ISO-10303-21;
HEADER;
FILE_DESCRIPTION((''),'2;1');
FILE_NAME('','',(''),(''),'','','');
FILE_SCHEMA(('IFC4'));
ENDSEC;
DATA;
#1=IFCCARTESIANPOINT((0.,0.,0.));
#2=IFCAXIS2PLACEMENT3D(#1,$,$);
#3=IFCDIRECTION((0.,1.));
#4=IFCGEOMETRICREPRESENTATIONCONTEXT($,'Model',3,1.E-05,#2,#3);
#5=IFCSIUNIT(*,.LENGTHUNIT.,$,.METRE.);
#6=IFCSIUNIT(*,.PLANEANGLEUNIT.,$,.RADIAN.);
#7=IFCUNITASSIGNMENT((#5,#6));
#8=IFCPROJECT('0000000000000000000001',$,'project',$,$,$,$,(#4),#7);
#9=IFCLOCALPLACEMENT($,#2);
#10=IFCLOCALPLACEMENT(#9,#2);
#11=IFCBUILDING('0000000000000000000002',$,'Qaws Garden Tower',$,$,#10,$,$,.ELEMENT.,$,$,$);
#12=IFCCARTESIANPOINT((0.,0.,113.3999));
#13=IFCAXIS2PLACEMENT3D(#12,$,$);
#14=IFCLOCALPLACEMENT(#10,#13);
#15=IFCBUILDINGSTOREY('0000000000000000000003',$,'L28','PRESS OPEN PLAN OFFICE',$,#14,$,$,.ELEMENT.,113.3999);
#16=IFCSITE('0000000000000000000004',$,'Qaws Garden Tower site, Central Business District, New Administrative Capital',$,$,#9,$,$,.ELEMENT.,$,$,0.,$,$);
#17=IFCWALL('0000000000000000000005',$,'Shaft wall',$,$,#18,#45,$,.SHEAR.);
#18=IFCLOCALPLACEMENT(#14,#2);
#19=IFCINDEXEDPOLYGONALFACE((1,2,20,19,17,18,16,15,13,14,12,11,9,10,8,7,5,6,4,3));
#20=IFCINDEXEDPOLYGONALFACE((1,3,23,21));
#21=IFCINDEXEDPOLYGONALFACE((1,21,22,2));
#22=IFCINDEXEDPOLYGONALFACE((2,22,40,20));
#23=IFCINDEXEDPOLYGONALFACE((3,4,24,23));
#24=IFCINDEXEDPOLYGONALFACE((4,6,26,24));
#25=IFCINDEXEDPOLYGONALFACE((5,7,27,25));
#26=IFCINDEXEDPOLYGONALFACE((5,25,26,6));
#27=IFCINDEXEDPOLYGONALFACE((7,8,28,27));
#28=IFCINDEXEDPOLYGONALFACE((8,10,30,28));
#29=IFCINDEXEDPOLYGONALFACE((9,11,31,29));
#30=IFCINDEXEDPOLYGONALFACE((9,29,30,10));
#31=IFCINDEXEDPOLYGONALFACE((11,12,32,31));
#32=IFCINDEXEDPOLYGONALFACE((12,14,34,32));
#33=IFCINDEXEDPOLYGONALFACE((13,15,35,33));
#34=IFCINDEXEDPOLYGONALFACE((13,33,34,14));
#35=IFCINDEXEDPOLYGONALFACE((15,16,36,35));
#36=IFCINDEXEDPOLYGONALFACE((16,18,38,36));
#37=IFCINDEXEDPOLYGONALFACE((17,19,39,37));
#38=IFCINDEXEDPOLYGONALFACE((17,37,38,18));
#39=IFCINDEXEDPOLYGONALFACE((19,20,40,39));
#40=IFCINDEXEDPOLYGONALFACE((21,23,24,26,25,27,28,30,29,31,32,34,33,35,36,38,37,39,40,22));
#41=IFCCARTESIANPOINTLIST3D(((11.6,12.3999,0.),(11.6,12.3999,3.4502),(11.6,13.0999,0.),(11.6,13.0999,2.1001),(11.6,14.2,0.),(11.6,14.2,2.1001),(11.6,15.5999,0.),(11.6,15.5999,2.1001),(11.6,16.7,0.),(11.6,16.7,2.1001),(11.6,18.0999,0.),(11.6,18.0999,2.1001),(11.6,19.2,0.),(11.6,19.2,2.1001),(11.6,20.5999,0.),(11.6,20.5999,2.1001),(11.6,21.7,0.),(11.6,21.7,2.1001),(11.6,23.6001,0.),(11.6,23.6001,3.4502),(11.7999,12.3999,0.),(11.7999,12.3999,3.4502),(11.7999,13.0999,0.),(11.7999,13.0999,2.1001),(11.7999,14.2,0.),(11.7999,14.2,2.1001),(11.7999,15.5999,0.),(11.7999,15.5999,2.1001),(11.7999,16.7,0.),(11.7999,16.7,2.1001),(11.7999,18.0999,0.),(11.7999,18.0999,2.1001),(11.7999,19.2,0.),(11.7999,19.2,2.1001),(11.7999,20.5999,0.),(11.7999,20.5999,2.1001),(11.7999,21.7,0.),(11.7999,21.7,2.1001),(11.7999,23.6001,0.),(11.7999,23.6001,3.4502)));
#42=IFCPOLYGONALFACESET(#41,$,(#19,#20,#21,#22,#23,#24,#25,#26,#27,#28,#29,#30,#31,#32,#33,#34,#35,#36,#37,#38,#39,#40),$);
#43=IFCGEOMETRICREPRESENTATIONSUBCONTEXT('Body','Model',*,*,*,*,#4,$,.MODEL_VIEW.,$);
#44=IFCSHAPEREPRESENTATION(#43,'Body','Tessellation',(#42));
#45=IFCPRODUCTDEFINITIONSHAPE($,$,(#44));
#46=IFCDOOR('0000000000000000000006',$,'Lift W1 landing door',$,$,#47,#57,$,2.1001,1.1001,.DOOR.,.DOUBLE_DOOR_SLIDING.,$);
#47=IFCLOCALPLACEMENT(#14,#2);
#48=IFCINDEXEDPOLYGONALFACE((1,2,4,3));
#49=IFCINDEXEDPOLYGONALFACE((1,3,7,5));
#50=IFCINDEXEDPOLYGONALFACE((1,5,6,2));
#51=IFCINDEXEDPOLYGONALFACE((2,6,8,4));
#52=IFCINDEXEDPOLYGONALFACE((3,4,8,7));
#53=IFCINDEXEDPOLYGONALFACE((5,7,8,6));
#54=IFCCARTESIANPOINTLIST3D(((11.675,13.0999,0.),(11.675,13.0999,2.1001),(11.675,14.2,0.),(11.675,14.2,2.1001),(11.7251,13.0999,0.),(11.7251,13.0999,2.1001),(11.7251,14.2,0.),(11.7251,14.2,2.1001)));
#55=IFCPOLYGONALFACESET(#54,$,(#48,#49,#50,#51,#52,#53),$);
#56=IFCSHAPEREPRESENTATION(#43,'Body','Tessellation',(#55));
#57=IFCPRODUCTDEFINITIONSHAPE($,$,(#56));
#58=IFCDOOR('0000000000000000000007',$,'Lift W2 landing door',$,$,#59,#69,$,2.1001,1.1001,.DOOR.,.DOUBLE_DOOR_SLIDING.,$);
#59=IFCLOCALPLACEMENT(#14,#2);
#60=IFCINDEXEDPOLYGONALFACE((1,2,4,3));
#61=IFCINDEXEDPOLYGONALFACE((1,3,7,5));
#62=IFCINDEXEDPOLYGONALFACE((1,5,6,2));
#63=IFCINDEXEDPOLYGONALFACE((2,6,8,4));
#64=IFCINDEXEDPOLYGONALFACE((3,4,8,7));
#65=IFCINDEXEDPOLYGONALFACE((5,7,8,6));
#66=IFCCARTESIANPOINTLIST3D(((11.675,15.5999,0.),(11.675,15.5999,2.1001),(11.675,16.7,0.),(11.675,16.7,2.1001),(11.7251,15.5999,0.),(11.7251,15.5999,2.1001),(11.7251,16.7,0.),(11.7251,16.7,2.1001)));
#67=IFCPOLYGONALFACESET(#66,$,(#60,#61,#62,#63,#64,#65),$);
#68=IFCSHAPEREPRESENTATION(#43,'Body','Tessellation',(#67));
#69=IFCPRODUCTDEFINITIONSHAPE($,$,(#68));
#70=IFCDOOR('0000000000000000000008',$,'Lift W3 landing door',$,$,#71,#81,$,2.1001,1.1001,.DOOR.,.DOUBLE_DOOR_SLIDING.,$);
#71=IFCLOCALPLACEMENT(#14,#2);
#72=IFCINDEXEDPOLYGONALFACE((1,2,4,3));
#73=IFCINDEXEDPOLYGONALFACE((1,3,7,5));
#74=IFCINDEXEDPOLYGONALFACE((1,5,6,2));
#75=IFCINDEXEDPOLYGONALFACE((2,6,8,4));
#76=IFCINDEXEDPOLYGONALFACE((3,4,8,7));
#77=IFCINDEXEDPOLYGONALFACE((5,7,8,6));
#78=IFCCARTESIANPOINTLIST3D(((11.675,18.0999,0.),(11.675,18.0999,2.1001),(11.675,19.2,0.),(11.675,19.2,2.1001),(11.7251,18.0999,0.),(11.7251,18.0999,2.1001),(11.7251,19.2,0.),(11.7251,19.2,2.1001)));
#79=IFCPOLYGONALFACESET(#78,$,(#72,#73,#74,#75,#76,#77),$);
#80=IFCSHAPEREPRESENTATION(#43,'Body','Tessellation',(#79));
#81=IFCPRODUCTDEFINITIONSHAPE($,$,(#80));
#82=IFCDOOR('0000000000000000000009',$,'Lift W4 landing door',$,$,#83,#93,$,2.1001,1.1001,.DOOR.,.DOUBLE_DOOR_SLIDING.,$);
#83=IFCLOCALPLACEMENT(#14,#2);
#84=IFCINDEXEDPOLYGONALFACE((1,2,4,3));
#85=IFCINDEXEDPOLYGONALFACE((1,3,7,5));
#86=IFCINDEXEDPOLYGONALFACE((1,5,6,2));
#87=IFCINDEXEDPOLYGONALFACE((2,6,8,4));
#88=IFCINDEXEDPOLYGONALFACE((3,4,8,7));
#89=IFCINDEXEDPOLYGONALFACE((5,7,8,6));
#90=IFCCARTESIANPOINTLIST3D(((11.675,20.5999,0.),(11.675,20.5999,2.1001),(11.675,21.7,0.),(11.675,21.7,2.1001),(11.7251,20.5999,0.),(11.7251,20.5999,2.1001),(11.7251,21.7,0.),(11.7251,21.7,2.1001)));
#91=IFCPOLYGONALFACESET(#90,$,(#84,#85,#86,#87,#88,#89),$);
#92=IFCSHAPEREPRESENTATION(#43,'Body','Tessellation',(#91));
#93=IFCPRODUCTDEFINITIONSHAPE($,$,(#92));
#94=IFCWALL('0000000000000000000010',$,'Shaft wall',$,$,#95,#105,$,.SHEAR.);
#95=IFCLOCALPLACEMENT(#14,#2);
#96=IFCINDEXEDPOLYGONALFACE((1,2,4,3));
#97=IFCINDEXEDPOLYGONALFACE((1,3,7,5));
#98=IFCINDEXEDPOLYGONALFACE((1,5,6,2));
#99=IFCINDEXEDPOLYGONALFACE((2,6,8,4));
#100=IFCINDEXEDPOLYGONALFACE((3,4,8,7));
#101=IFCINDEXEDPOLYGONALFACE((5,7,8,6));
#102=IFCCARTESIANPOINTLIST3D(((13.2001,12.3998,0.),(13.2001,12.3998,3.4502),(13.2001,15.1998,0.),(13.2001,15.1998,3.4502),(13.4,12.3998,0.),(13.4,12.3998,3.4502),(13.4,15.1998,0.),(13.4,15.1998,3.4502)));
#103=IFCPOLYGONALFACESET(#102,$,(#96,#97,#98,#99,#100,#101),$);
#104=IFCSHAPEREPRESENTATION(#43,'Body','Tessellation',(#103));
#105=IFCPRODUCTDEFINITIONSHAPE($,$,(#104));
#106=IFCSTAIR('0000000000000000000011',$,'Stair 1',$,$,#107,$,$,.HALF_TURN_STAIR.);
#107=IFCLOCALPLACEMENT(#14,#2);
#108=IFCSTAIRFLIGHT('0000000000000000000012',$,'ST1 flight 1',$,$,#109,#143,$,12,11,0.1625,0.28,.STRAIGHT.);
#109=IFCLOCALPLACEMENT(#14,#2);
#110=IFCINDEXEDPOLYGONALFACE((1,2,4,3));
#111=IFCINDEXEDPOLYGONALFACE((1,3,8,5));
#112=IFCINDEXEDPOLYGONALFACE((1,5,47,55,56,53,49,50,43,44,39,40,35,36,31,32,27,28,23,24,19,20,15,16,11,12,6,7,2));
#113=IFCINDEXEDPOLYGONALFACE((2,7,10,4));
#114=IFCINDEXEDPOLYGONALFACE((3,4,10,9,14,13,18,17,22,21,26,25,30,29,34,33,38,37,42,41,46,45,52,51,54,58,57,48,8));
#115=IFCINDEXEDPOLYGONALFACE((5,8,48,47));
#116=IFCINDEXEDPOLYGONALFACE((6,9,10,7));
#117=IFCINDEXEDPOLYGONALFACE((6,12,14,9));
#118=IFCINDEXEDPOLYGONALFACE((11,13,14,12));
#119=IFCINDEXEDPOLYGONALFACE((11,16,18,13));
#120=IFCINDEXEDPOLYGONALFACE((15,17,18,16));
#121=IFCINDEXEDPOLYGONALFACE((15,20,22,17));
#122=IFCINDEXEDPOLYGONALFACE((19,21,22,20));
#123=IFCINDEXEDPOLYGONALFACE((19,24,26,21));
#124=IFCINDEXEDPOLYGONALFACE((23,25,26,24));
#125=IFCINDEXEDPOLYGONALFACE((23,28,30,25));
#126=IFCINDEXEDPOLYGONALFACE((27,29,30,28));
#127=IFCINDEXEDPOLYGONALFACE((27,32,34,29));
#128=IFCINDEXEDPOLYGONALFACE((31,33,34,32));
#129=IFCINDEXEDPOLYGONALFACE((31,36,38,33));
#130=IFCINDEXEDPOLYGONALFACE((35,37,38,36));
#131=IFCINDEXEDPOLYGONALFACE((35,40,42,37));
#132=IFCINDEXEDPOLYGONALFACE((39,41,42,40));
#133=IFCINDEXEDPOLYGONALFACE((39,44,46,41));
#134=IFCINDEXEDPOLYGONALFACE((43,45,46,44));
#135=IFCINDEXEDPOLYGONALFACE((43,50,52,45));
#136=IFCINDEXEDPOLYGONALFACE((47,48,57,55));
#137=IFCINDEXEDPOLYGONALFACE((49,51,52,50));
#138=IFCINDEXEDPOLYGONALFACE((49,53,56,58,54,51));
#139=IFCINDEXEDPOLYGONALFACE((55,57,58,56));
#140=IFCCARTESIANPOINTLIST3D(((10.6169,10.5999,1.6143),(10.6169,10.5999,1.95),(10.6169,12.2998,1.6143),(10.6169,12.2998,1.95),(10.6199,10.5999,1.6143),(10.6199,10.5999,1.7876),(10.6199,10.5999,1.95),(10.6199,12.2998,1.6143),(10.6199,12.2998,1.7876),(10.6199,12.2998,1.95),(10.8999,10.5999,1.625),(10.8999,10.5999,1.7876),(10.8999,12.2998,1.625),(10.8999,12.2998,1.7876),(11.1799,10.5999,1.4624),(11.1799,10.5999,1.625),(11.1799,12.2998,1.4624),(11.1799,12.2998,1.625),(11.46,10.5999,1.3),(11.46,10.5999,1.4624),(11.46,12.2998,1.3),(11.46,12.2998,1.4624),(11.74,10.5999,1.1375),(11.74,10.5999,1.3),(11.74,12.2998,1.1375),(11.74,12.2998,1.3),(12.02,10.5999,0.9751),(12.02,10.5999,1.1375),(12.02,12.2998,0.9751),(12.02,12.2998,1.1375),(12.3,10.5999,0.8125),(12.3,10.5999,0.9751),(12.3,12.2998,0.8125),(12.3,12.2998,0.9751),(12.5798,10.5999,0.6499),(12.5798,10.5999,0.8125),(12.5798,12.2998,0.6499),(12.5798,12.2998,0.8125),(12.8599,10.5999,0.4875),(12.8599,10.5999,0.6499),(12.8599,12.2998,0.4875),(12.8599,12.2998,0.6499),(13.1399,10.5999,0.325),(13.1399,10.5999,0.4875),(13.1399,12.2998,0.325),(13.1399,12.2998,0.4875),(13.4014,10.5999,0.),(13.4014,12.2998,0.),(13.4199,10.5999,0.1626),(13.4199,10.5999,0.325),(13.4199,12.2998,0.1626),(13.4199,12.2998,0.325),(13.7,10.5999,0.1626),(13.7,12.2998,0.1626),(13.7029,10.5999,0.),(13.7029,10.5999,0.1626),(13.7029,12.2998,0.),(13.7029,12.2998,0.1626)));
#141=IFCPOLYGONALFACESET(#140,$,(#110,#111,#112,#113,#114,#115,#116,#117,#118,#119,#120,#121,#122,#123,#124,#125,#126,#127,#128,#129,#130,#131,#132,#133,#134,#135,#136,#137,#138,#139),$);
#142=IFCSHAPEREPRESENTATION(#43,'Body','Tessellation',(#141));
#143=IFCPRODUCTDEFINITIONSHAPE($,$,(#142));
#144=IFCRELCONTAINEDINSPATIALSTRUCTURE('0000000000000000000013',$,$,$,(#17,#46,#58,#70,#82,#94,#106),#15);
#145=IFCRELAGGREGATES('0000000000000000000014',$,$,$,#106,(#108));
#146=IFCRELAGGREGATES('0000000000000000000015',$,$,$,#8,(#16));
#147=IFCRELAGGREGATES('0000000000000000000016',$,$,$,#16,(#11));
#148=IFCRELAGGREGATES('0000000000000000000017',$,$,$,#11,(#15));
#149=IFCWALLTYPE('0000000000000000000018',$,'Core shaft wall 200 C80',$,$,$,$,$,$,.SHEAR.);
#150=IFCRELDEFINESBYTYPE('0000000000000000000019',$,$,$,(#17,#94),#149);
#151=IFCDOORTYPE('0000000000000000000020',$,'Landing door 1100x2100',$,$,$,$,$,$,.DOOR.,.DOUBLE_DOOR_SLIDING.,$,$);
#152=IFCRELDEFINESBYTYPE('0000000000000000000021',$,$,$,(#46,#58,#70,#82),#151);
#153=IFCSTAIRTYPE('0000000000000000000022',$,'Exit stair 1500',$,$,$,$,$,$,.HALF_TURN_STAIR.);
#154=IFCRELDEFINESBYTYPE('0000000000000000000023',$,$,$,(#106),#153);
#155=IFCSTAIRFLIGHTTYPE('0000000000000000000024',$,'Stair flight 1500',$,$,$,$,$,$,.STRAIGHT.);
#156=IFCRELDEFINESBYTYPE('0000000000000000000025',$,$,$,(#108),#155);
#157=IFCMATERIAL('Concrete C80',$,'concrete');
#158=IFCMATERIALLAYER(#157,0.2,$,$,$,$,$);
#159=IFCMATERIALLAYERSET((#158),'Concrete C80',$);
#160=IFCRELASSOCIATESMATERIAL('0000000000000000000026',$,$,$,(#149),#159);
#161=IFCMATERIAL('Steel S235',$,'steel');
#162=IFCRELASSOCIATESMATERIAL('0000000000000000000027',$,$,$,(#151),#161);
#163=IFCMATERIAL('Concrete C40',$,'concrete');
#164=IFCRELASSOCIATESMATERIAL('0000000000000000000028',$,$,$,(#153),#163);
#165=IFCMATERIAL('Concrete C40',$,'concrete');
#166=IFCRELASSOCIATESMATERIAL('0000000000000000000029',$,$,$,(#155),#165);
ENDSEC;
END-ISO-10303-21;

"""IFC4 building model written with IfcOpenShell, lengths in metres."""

from ifc_helpers import new_model, si_unit, direction, frame, frame_2d, origin, place, context, subcontext, project, spatial, polyline, rectangle, outline, extrude, material, layer, layer_set, type_object, element, fill, aggregate, save


model = new_model("IFC4")

# Units and contexts
model_context = context("Model", 3, precision=1e-05, world=origin(), true_north=direction((0.0, 1.0)))
body_context = subcontext(model_context, "Body", "Model", "MODEL_VIEW")
ifc_project = project(units=[si_unit("LENGTHUNIT", "METRE"), si_unit("PLANEANGLEUNIT", "RADIAN")], contexts=[model_context])

# Site, building, storey
site_placement = place(None, origin())
site = spatial("IfcSite", under=ifc_project, at=site_placement, Name="Qaws Garden Tower site, Central Business District, New Administrative Capital", CompositionType="ELEMENT", RefElevation=0.0)
building_placement = place(site_placement, origin())
building = spatial("IfcBuilding", under=site, at=building_placement, Name="Qaws Garden Tower", CompositionType="ELEMENT")
storey_placement = place(building_placement, frame((0.0, 0.0, 113.3999)))
storey = spatial("IfcBuildingStorey", under=building, at=storey_placement, Name="L28", Description="PRESS OPEN PLAN OFFICE", CompositionType="ELEMENT", Elevation=113.3999)

# Shared definitions
ifc_material_1 = material(Name="Concrete C80", Category="concrete")
ifc_layer_1 = layer(ifc_material_1, 0.2)
ifc_layer_set_1 = layer_set([ifc_layer_1], Name="Concrete C80")
wall_type_1 = type_object("IfcWallType", Name="Core shaft wall 200 C80", PredefinedType="SHEAR", material=ifc_layer_set_1)

# Shared definitions
ifc_material_2 = material(Name="Steel S235", Category="steel")
door_type_1 = type_object("IfcDoorType", Name="Landing door 1100x2100", OperationType="DOUBLE_DOOR_SLIDING", PredefinedType="DOOR", material=ifc_material_2)

# Wall, openings, doors
wall_1_placement = place(storey_placement, frame((11.7, 12.3999, 0.0), z_axis=(0.0, 0.0, 1.0), x_axis=(0.0, 1.0, 0.0)))
wall_1 = element("IfcWall", 1, at=wall_1_placement, inside=storey, type_object=wall_type_1, Name="Shaft wall", PredefinedType="SHEAR", context=body_context, shape_type="SweptSolid", body=[
    extrude(rectangle(XDim=11.2002, YDim=0.2, at=frame_2d((5.6001, 0.0))), origin(), (0.0, 0.0, 1.0), 3.4502),
])
opening_1_placement = place(wall_1_placement, frame((0.7, 0.0, 0.0)))
opening_1 = element("IfcOpeningElement", 2, at=opening_1_placement, cuts=wall_1, PredefinedType="OPENING", context=body_context, shape_type="SweptSolid", body=[
    extrude(rectangle(XDim=1.1001, YDim=2.1001, at=frame_2d((0.55, 1.05))), frame((0.0, 0.1099, 0.0), z_axis=(0.0, -1.0, 0.0), x_axis=(1.0, 0.0, 0.0)), (0.0, 0.0, 1.0), 0.22),
])
opening_2_placement = place(wall_1_placement, frame((3.2, 0.0, 0.0)))
opening_2 = element("IfcOpeningElement", 3, at=opening_2_placement, cuts=wall_1, PredefinedType="OPENING", context=body_context, shape_type="SweptSolid", body=[
    extrude(rectangle(XDim=1.1001, YDim=2.1001, at=frame_2d((0.55, 1.05))), frame((0.0, 0.1099, 0.0), z_axis=(0.0, -1.0, 0.0), x_axis=(1.0, 0.0, 0.0)), (0.0, 0.0, 1.0), 0.22),
])
opening_3_placement = place(wall_1_placement, frame((5.7, 0.0, 0.0)))
opening_3 = element("IfcOpeningElement", 4, at=opening_3_placement, cuts=wall_1, PredefinedType="OPENING", context=body_context, shape_type="SweptSolid", body=[
    extrude(rectangle(XDim=1.1001, YDim=2.1001, at=frame_2d((0.55, 1.05))), frame((0.0, 0.1099, 0.0), z_axis=(0.0, -1.0, 0.0), x_axis=(1.0, 0.0, 0.0)), (0.0, 0.0, 1.0), 0.22),
])
opening_4_placement = place(wall_1_placement, frame((8.2, 0.0, 0.0)))
opening_4 = element("IfcOpeningElement", 5, at=opening_4_placement, cuts=wall_1, PredefinedType="OPENING", context=body_context, shape_type="SweptSolid", body=[
    extrude(rectangle(XDim=1.1001, YDim=2.1001, at=frame_2d((0.55, 1.05))), frame((0.0, 0.1099, 0.0), z_axis=(0.0, -1.0, 0.0), x_axis=(1.0, 0.0, 0.0)), (0.0, 0.0, 1.0), 0.22),
])
door_1_placement = place(opening_1_placement, origin())
door_1 = element("IfcDoor", 6, at=door_1_placement, inside=storey, type_object=door_type_1, Name="Lift W1 landing door", OperationType="DOUBLE_DOOR_SLIDING", OverallHeight=2.1001, OverallWidth=1.1001, PredefinedType="DOOR", context=body_context, shape_type="SweptSolid", body=[
    extrude(rectangle(XDim=1.1001, YDim=2.1001, at=frame_2d((0.55, 1.05))), frame((0.0, 0.0249, 0.0), z_axis=(0.0, -1.0, 0.0), x_axis=(1.0, 0.0, 0.0)), (0.0, 0.0, 1.0), 0.05),
])
fill(opening_1, door_1)
door_2_placement = place(opening_2_placement, origin())
door_2 = element("IfcDoor", 7, at=door_2_placement, inside=storey, type_object=door_type_1, Name="Lift W2 landing door", OperationType="DOUBLE_DOOR_SLIDING", OverallHeight=2.1001, OverallWidth=1.1001, PredefinedType="DOOR", context=body_context, shape_type="SweptSolid", body=[
    extrude(rectangle(XDim=1.1001, YDim=2.1001, at=frame_2d((0.55, 1.05))), frame((0.0, 0.0249, 0.0), z_axis=(0.0, -1.0, 0.0), x_axis=(1.0, 0.0, 0.0)), (0.0, 0.0, 1.0), 0.05),
])
fill(opening_2, door_2)
door_3_placement = place(opening_3_placement, origin())
door_3 = element("IfcDoor", 8, at=door_3_placement, inside=storey, type_object=door_type_1, Name="Lift W3 landing door", OperationType="DOUBLE_DOOR_SLIDING", OverallHeight=2.1001, OverallWidth=1.1001, PredefinedType="DOOR", context=body_context, shape_type="SweptSolid", body=[
    extrude(rectangle(XDim=1.1001, YDim=2.1001, at=frame_2d((0.55, 1.05))), frame((0.0, 0.0249, 0.0), z_axis=(0.0, -1.0, 0.0), x_axis=(1.0, 0.0, 0.0)), (0.0, 0.0, 1.0), 0.05),
])
fill(opening_3, door_3)
door_4_placement = place(opening_4_placement, origin())
door_4 = element("IfcDoor", 9, at=door_4_placement, inside=storey, type_object=door_type_1, Name="Lift W4 landing door", OperationType="DOUBLE_DOOR_SLIDING", OverallHeight=2.1001, OverallWidth=1.1001, PredefinedType="DOOR", context=body_context, shape_type="SweptSolid", body=[
    extrude(rectangle(XDim=1.1001, YDim=2.1001, at=frame_2d((0.55, 1.05))), frame((0.0, 0.0249, 0.0), z_axis=(0.0, -1.0, 0.0), x_axis=(1.0, 0.0, 0.0)), (0.0, 0.0, 1.0), 0.05),
])
fill(opening_4, door_4)

# Wall
wall_2_placement = place(storey_placement, frame((13.3, 12.3999, 0.0), z_axis=(0.0, 0.0, 1.0), x_axis=(0.0, 1.0, 0.0)))
element("IfcWall", 10, at=wall_2_placement, inside=storey, type_object=wall_type_1, Name="Shaft wall", PredefinedType="SHEAR", context=body_context, shape_type="SweptSolid", body=[
    extrude(rectangle(XDim=2.8, YDim=0.2, at=frame_2d((1.3999, 0.0))), origin(), (0.0, 0.0, 1.0), 3.4502),
])

# Stair, stair flight
ifc_material_3 = material(Name="Concrete C40", Category="concrete")
stair_type = type_object("IfcStairType", Name="Exit stair 1500", PredefinedType="HALF_TURN_STAIR", material=ifc_material_3)
stair_placement = place(storey_placement, origin())
stair = element("IfcStair", 11, at=stair_placement, inside=storey, type_object=stair_type, Name="Stair 1", PredefinedType="HALF_TURN_STAIR")
ifc_material_4 = material(Name="Concrete C40", Category="concrete")
stair_flight_type = type_object("IfcStairFlightType", Name="Stair flight 1500", PredefinedType="STRAIGHT", material=ifc_material_4)
stair_flight_placement = place(storey_placement, frame((13.7, 11.45, 0.0), z_axis=(0.0, 0.0, 1.0), x_axis=(-1.0, 0.0, 0.0)))
stair_flight = element("IfcStairFlight", 12, at=stair_flight_placement, type_object=stair_flight_type, Name="ST1 flight 1", NumberOfRisers=12, NumberOfTreads=11, PredefinedType="STRAIGHT", RiserHeight=0.1625, TreadLength=0.28, context=body_context, shape_type="SweptSolid", body=[
    extrude(outline(polyline([(-0.0029, 0.0), (-0.0029, 0.1626), (0.0, 0.1626), (0.28, 0.1626), (0.28, 0.325), (0.5601, 0.325), (0.5601, 0.4875), (0.8401, 0.4875), (0.8401, 0.6499), (1.1201, 0.6499), (1.1201, 0.8125), (1.3999, 0.8125), (1.3999, 0.9751), (1.6799, 0.9751), (1.6799, 1.1375), (1.96, 1.1375), (1.96, 1.3), (2.24, 1.3), (2.24, 1.4624), (2.52, 1.4624), (2.52, 1.625), (2.8, 1.625), (2.8, 1.7876), (3.0801, 1.7876), (3.0801, 1.95), (3.083, 1.95), (3.083, 1.6143), (3.0801, 1.6143), (0.2986, 0.0), (-0.0029, 0.0)])), frame((0.0, 0.8501, 0.0), z_axis=(0.0, -1.0, 0.0), x_axis=(1.0, 0.0, 0.0)), (0.0, 0.0, 1.0), 1.7),
])
aggregate(stair, [stair_flight])

save(model, "model.ifc")
